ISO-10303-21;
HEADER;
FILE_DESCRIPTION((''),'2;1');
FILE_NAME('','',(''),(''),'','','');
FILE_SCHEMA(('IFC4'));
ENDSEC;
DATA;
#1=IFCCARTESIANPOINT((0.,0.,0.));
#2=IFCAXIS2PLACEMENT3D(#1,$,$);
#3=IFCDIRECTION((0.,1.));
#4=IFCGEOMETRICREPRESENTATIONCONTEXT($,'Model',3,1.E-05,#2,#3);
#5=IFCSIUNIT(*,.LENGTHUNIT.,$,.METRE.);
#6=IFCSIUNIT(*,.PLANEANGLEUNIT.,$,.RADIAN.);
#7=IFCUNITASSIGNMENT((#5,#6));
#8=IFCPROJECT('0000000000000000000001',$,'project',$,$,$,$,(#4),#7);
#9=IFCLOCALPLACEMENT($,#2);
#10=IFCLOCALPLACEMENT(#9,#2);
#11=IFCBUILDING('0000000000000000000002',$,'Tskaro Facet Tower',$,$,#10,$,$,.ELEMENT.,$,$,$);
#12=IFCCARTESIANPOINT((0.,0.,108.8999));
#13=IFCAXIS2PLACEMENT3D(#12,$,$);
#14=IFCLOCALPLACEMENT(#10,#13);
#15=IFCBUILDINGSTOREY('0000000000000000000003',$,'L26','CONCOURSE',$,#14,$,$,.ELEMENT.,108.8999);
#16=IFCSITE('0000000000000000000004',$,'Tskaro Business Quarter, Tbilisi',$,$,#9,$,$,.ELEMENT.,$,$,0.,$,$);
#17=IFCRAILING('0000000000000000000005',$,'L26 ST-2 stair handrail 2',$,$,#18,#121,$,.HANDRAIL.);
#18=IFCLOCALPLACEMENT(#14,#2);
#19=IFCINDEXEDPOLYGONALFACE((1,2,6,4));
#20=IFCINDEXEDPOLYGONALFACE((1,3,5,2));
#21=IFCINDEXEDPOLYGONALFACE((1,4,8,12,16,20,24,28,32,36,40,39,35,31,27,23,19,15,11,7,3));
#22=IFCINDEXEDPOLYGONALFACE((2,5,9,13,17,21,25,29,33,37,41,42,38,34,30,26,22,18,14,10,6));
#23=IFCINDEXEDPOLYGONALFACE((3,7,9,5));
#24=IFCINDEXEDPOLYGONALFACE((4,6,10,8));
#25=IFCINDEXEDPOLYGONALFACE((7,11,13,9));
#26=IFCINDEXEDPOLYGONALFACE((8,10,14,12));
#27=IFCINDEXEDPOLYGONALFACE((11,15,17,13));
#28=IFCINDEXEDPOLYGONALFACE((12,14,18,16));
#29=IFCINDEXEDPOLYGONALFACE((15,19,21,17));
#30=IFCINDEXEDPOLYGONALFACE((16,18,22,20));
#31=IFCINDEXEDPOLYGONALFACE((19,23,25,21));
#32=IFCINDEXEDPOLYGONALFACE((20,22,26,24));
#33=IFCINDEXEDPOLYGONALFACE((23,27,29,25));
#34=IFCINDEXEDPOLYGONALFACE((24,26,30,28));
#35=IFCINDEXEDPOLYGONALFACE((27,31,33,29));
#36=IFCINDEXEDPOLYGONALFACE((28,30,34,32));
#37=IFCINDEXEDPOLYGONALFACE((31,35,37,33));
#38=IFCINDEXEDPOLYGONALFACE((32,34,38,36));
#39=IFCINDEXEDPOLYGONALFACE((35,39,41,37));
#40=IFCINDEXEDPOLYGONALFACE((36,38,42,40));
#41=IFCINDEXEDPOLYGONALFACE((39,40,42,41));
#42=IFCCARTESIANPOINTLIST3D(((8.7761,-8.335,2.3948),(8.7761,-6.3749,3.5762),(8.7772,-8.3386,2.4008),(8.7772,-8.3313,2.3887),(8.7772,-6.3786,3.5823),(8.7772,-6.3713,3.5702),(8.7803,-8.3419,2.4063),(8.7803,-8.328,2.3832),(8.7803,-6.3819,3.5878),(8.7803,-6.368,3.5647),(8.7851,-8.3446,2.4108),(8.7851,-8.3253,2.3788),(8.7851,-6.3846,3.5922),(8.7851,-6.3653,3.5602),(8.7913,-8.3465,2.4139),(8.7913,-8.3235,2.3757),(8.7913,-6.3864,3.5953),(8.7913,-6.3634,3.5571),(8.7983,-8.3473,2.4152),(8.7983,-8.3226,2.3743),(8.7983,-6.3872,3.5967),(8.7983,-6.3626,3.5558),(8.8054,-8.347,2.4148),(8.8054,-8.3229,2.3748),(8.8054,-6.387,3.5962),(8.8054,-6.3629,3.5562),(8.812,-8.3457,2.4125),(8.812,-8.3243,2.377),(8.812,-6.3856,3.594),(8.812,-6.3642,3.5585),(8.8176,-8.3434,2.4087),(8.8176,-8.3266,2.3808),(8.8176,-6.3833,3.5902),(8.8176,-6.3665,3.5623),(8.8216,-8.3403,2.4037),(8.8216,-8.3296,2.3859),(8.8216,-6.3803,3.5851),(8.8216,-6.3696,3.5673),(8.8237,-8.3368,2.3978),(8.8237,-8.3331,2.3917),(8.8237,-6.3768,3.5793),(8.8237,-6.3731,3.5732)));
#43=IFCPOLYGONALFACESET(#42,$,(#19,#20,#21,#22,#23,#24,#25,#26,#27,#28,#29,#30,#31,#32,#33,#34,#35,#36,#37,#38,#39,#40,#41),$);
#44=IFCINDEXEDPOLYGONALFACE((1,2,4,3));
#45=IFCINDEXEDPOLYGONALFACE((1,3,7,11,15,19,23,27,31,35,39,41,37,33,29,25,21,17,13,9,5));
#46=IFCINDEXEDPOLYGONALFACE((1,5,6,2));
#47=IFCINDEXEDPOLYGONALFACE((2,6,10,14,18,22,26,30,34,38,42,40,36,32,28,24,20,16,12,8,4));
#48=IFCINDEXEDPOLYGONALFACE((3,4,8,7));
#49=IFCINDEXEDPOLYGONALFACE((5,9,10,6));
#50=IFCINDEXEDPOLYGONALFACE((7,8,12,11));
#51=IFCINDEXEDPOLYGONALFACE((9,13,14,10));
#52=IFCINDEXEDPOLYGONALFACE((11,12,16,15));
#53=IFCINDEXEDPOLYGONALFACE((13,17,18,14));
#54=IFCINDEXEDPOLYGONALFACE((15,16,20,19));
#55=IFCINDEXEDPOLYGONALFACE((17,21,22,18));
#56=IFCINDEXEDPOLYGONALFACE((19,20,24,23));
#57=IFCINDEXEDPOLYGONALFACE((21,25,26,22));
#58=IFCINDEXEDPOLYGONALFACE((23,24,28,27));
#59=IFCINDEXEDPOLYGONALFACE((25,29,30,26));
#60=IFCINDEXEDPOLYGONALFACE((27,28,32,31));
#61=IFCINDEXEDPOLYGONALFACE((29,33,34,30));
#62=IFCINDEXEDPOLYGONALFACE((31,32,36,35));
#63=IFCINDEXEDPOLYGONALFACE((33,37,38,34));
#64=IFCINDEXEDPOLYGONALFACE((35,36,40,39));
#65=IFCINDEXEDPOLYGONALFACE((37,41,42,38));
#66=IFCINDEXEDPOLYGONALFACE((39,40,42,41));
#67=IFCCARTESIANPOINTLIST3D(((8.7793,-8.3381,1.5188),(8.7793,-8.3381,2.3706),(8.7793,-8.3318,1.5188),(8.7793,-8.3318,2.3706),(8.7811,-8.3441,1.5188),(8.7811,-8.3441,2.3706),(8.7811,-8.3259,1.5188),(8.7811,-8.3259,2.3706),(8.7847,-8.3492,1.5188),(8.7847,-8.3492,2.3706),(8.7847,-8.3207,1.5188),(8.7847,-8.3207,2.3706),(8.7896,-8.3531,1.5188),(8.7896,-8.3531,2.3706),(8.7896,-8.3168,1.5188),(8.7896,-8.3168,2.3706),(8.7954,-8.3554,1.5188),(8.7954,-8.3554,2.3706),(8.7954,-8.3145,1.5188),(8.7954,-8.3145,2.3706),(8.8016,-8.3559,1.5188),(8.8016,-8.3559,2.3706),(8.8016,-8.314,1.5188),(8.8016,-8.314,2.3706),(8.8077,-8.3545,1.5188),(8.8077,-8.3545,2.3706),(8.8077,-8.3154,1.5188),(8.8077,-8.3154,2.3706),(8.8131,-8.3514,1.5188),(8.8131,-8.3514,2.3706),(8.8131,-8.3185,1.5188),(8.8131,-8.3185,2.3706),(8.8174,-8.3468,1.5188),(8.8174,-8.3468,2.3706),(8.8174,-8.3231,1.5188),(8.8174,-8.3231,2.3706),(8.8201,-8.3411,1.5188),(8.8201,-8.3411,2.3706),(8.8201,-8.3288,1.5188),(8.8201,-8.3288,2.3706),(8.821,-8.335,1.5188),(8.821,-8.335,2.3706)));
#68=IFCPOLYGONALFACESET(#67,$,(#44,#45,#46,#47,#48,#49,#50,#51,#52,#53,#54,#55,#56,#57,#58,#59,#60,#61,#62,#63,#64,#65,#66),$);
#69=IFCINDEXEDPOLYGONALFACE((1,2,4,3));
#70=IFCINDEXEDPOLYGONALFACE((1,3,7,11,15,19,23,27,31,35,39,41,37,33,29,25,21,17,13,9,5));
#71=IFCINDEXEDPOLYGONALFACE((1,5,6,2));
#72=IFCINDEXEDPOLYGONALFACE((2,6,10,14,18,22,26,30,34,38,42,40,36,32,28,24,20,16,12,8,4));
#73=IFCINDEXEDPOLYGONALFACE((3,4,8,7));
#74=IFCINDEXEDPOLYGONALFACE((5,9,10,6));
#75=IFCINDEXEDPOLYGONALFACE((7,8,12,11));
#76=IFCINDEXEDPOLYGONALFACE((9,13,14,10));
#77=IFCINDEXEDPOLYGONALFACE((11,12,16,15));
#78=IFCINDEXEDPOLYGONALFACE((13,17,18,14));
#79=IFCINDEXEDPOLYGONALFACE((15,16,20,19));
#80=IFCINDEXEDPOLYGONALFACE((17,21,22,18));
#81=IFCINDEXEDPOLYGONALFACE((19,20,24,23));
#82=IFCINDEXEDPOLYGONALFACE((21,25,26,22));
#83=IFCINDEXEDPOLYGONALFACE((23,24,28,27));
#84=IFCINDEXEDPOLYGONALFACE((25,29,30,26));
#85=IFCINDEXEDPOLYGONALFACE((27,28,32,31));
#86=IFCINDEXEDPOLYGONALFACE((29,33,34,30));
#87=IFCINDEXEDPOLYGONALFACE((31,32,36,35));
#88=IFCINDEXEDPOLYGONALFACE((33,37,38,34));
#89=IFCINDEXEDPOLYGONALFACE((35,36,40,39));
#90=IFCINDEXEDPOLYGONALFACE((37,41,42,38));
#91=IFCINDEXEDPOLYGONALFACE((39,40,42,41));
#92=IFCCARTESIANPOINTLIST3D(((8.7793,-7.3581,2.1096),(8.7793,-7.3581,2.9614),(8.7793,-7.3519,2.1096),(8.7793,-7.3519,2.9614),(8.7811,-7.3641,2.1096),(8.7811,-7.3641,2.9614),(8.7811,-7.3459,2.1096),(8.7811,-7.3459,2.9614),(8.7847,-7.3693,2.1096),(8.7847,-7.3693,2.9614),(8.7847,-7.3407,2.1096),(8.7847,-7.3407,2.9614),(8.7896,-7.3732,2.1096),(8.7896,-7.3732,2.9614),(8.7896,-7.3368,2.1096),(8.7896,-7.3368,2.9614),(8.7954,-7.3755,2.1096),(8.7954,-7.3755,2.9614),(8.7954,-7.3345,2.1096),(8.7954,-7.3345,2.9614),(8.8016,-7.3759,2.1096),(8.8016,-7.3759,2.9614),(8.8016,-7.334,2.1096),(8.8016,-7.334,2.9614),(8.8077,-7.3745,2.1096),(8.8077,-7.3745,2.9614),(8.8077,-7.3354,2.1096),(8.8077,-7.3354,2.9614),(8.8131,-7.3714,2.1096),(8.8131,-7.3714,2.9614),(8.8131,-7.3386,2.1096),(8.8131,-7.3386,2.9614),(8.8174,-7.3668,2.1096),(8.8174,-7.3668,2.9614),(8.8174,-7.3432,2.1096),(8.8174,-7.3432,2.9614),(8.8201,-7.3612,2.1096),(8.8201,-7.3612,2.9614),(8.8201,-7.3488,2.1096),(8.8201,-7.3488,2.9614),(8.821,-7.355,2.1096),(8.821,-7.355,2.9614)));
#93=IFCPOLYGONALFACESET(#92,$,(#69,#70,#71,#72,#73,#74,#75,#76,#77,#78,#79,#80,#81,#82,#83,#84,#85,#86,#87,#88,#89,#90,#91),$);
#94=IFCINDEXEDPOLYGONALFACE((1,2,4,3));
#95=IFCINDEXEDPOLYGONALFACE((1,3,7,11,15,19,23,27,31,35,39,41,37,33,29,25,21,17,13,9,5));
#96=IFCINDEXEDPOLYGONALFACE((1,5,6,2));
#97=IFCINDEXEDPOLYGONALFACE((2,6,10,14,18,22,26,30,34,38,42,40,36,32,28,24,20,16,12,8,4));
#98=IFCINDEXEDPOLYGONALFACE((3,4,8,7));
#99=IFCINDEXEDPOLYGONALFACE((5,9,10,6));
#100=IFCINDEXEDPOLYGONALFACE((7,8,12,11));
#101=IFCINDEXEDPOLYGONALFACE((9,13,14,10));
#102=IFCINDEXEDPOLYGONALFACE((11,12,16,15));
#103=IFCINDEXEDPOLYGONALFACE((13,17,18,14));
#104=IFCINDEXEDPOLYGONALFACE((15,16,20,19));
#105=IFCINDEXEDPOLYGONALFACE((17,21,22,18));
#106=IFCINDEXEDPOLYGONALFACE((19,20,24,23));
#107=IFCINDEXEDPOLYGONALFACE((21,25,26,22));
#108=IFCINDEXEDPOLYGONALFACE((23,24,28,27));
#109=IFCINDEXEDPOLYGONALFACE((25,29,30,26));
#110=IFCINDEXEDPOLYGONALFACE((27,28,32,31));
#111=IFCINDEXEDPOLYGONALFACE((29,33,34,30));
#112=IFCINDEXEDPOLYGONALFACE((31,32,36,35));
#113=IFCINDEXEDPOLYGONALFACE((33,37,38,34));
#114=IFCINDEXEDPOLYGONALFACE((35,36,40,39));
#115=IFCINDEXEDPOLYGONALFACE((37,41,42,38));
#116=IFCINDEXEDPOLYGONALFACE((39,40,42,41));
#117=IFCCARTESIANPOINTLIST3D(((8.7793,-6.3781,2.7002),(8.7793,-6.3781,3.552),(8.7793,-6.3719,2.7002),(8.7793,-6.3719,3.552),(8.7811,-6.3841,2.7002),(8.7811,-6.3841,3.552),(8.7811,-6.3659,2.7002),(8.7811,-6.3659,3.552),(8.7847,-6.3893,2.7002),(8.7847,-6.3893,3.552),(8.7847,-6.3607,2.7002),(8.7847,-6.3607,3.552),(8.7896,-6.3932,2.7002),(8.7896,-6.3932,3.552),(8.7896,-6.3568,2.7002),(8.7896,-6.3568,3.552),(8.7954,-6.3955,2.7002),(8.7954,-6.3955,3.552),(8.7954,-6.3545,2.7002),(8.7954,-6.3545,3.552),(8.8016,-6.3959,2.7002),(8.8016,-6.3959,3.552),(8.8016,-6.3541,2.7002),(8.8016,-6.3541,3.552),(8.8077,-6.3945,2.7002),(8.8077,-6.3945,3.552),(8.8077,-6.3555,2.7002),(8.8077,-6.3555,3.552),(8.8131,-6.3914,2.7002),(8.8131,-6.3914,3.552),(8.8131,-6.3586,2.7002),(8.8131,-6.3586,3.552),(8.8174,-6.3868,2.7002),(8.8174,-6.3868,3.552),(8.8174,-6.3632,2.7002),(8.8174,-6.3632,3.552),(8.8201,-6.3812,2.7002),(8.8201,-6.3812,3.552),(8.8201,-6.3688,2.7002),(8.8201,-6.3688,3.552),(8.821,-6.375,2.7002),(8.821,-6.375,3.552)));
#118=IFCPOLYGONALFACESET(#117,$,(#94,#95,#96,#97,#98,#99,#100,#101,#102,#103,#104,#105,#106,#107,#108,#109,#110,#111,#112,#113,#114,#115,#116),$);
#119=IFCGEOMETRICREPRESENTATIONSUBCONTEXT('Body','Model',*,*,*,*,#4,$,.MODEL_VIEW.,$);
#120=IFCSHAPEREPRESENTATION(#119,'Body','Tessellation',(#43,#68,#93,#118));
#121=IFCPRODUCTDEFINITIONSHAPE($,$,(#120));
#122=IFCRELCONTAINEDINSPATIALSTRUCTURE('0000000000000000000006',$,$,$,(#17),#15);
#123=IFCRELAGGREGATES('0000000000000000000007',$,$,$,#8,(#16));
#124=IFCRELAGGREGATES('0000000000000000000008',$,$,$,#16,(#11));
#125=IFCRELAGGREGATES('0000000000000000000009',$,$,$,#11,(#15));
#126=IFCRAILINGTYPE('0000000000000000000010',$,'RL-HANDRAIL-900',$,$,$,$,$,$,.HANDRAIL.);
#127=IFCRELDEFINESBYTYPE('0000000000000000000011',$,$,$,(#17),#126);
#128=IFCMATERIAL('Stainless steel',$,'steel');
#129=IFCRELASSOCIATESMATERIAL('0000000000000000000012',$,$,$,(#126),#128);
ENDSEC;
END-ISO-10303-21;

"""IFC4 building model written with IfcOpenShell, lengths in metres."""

from ifc_helpers import new_model, si_unit, direction, frame, origin, origin_2d, place, context, subcontext, project, spatial, circle, extrude, material, type_object, element, save


model = new_model("IFC4")

# Units and contexts
model_context = context("Model", 3, precision=1e-05, world=origin(), true_north=direction((0.0, 1.0)))
body_context = subcontext(model_context, "Body", "Model", "MODEL_VIEW")
ifc_project = project(units=[si_unit("LENGTHUNIT", "METRE"), si_unit("PLANEANGLEUNIT", "RADIAN")], contexts=[model_context])

# Site, building, storey
site_placement = place(None, origin())
site = spatial("IfcSite", under=ifc_project, at=site_placement, Name="Tskaro Business Quarter, Tbilisi", CompositionType="ELEMENT", RefElevation=0.0)
building_placement = place(site_placement, origin())
building = spatial("IfcBuilding", under=site, at=building_placement, Name="Tskaro Facet Tower", CompositionType="ELEMENT")
storey_placement = place(building_placement, frame((0.0, 0.0, 108.8999)))
storey = spatial("IfcBuildingStorey", under=building, at=storey_placement, Name="L26", Description="CONCOURSE", CompositionType="ELEMENT", Elevation=108.8999)

# Shared definitions
ifc_material_1 = material(Name="Stainless steel", Category="steel")

# Railing
railing_type_1 = type_object("IfcRailingType", Name="RL-HANDRAIL-900", PredefinedType="HANDRAIL", material=ifc_material_1)
railing_1_placement = place(storey_placement, frame((8.8, -8.335, 1.5188)))
element("IfcRailing", 1, at=railing_1_placement, inside=storey, type_object=railing_type_1, Name="L26 ST-2 stair handrail 2", PredefinedType="HANDRAIL", context=body_context, shape_type="SweptSolid", body=[
    extrude(circle(Radius=0.0239, at=origin_2d()), frame((0.0, 0.0, 0.876), z_axis=(0.0, 0.856446, 0.516236), x_axis=(-1.0, 0.0, 0.0)), (0.0, 0.0, 1.0), 2.2886),
    extrude(circle(Radius=0.021, at=origin_2d()), origin(), (0.0, 0.0, 1.0), 0.8518),
    extrude(circle(Radius=0.021, at=origin_2d()), frame((0.0, 0.98, 0.5908)), (0.0, 0.0, 1.0), 0.8518),
    extrude(circle(Radius=0.021, at=origin_2d()), frame((0.0, 1.96, 1.1814)), (0.0, 0.0, 1.0), 0.8518),
])

save(model, "model.ifc")
